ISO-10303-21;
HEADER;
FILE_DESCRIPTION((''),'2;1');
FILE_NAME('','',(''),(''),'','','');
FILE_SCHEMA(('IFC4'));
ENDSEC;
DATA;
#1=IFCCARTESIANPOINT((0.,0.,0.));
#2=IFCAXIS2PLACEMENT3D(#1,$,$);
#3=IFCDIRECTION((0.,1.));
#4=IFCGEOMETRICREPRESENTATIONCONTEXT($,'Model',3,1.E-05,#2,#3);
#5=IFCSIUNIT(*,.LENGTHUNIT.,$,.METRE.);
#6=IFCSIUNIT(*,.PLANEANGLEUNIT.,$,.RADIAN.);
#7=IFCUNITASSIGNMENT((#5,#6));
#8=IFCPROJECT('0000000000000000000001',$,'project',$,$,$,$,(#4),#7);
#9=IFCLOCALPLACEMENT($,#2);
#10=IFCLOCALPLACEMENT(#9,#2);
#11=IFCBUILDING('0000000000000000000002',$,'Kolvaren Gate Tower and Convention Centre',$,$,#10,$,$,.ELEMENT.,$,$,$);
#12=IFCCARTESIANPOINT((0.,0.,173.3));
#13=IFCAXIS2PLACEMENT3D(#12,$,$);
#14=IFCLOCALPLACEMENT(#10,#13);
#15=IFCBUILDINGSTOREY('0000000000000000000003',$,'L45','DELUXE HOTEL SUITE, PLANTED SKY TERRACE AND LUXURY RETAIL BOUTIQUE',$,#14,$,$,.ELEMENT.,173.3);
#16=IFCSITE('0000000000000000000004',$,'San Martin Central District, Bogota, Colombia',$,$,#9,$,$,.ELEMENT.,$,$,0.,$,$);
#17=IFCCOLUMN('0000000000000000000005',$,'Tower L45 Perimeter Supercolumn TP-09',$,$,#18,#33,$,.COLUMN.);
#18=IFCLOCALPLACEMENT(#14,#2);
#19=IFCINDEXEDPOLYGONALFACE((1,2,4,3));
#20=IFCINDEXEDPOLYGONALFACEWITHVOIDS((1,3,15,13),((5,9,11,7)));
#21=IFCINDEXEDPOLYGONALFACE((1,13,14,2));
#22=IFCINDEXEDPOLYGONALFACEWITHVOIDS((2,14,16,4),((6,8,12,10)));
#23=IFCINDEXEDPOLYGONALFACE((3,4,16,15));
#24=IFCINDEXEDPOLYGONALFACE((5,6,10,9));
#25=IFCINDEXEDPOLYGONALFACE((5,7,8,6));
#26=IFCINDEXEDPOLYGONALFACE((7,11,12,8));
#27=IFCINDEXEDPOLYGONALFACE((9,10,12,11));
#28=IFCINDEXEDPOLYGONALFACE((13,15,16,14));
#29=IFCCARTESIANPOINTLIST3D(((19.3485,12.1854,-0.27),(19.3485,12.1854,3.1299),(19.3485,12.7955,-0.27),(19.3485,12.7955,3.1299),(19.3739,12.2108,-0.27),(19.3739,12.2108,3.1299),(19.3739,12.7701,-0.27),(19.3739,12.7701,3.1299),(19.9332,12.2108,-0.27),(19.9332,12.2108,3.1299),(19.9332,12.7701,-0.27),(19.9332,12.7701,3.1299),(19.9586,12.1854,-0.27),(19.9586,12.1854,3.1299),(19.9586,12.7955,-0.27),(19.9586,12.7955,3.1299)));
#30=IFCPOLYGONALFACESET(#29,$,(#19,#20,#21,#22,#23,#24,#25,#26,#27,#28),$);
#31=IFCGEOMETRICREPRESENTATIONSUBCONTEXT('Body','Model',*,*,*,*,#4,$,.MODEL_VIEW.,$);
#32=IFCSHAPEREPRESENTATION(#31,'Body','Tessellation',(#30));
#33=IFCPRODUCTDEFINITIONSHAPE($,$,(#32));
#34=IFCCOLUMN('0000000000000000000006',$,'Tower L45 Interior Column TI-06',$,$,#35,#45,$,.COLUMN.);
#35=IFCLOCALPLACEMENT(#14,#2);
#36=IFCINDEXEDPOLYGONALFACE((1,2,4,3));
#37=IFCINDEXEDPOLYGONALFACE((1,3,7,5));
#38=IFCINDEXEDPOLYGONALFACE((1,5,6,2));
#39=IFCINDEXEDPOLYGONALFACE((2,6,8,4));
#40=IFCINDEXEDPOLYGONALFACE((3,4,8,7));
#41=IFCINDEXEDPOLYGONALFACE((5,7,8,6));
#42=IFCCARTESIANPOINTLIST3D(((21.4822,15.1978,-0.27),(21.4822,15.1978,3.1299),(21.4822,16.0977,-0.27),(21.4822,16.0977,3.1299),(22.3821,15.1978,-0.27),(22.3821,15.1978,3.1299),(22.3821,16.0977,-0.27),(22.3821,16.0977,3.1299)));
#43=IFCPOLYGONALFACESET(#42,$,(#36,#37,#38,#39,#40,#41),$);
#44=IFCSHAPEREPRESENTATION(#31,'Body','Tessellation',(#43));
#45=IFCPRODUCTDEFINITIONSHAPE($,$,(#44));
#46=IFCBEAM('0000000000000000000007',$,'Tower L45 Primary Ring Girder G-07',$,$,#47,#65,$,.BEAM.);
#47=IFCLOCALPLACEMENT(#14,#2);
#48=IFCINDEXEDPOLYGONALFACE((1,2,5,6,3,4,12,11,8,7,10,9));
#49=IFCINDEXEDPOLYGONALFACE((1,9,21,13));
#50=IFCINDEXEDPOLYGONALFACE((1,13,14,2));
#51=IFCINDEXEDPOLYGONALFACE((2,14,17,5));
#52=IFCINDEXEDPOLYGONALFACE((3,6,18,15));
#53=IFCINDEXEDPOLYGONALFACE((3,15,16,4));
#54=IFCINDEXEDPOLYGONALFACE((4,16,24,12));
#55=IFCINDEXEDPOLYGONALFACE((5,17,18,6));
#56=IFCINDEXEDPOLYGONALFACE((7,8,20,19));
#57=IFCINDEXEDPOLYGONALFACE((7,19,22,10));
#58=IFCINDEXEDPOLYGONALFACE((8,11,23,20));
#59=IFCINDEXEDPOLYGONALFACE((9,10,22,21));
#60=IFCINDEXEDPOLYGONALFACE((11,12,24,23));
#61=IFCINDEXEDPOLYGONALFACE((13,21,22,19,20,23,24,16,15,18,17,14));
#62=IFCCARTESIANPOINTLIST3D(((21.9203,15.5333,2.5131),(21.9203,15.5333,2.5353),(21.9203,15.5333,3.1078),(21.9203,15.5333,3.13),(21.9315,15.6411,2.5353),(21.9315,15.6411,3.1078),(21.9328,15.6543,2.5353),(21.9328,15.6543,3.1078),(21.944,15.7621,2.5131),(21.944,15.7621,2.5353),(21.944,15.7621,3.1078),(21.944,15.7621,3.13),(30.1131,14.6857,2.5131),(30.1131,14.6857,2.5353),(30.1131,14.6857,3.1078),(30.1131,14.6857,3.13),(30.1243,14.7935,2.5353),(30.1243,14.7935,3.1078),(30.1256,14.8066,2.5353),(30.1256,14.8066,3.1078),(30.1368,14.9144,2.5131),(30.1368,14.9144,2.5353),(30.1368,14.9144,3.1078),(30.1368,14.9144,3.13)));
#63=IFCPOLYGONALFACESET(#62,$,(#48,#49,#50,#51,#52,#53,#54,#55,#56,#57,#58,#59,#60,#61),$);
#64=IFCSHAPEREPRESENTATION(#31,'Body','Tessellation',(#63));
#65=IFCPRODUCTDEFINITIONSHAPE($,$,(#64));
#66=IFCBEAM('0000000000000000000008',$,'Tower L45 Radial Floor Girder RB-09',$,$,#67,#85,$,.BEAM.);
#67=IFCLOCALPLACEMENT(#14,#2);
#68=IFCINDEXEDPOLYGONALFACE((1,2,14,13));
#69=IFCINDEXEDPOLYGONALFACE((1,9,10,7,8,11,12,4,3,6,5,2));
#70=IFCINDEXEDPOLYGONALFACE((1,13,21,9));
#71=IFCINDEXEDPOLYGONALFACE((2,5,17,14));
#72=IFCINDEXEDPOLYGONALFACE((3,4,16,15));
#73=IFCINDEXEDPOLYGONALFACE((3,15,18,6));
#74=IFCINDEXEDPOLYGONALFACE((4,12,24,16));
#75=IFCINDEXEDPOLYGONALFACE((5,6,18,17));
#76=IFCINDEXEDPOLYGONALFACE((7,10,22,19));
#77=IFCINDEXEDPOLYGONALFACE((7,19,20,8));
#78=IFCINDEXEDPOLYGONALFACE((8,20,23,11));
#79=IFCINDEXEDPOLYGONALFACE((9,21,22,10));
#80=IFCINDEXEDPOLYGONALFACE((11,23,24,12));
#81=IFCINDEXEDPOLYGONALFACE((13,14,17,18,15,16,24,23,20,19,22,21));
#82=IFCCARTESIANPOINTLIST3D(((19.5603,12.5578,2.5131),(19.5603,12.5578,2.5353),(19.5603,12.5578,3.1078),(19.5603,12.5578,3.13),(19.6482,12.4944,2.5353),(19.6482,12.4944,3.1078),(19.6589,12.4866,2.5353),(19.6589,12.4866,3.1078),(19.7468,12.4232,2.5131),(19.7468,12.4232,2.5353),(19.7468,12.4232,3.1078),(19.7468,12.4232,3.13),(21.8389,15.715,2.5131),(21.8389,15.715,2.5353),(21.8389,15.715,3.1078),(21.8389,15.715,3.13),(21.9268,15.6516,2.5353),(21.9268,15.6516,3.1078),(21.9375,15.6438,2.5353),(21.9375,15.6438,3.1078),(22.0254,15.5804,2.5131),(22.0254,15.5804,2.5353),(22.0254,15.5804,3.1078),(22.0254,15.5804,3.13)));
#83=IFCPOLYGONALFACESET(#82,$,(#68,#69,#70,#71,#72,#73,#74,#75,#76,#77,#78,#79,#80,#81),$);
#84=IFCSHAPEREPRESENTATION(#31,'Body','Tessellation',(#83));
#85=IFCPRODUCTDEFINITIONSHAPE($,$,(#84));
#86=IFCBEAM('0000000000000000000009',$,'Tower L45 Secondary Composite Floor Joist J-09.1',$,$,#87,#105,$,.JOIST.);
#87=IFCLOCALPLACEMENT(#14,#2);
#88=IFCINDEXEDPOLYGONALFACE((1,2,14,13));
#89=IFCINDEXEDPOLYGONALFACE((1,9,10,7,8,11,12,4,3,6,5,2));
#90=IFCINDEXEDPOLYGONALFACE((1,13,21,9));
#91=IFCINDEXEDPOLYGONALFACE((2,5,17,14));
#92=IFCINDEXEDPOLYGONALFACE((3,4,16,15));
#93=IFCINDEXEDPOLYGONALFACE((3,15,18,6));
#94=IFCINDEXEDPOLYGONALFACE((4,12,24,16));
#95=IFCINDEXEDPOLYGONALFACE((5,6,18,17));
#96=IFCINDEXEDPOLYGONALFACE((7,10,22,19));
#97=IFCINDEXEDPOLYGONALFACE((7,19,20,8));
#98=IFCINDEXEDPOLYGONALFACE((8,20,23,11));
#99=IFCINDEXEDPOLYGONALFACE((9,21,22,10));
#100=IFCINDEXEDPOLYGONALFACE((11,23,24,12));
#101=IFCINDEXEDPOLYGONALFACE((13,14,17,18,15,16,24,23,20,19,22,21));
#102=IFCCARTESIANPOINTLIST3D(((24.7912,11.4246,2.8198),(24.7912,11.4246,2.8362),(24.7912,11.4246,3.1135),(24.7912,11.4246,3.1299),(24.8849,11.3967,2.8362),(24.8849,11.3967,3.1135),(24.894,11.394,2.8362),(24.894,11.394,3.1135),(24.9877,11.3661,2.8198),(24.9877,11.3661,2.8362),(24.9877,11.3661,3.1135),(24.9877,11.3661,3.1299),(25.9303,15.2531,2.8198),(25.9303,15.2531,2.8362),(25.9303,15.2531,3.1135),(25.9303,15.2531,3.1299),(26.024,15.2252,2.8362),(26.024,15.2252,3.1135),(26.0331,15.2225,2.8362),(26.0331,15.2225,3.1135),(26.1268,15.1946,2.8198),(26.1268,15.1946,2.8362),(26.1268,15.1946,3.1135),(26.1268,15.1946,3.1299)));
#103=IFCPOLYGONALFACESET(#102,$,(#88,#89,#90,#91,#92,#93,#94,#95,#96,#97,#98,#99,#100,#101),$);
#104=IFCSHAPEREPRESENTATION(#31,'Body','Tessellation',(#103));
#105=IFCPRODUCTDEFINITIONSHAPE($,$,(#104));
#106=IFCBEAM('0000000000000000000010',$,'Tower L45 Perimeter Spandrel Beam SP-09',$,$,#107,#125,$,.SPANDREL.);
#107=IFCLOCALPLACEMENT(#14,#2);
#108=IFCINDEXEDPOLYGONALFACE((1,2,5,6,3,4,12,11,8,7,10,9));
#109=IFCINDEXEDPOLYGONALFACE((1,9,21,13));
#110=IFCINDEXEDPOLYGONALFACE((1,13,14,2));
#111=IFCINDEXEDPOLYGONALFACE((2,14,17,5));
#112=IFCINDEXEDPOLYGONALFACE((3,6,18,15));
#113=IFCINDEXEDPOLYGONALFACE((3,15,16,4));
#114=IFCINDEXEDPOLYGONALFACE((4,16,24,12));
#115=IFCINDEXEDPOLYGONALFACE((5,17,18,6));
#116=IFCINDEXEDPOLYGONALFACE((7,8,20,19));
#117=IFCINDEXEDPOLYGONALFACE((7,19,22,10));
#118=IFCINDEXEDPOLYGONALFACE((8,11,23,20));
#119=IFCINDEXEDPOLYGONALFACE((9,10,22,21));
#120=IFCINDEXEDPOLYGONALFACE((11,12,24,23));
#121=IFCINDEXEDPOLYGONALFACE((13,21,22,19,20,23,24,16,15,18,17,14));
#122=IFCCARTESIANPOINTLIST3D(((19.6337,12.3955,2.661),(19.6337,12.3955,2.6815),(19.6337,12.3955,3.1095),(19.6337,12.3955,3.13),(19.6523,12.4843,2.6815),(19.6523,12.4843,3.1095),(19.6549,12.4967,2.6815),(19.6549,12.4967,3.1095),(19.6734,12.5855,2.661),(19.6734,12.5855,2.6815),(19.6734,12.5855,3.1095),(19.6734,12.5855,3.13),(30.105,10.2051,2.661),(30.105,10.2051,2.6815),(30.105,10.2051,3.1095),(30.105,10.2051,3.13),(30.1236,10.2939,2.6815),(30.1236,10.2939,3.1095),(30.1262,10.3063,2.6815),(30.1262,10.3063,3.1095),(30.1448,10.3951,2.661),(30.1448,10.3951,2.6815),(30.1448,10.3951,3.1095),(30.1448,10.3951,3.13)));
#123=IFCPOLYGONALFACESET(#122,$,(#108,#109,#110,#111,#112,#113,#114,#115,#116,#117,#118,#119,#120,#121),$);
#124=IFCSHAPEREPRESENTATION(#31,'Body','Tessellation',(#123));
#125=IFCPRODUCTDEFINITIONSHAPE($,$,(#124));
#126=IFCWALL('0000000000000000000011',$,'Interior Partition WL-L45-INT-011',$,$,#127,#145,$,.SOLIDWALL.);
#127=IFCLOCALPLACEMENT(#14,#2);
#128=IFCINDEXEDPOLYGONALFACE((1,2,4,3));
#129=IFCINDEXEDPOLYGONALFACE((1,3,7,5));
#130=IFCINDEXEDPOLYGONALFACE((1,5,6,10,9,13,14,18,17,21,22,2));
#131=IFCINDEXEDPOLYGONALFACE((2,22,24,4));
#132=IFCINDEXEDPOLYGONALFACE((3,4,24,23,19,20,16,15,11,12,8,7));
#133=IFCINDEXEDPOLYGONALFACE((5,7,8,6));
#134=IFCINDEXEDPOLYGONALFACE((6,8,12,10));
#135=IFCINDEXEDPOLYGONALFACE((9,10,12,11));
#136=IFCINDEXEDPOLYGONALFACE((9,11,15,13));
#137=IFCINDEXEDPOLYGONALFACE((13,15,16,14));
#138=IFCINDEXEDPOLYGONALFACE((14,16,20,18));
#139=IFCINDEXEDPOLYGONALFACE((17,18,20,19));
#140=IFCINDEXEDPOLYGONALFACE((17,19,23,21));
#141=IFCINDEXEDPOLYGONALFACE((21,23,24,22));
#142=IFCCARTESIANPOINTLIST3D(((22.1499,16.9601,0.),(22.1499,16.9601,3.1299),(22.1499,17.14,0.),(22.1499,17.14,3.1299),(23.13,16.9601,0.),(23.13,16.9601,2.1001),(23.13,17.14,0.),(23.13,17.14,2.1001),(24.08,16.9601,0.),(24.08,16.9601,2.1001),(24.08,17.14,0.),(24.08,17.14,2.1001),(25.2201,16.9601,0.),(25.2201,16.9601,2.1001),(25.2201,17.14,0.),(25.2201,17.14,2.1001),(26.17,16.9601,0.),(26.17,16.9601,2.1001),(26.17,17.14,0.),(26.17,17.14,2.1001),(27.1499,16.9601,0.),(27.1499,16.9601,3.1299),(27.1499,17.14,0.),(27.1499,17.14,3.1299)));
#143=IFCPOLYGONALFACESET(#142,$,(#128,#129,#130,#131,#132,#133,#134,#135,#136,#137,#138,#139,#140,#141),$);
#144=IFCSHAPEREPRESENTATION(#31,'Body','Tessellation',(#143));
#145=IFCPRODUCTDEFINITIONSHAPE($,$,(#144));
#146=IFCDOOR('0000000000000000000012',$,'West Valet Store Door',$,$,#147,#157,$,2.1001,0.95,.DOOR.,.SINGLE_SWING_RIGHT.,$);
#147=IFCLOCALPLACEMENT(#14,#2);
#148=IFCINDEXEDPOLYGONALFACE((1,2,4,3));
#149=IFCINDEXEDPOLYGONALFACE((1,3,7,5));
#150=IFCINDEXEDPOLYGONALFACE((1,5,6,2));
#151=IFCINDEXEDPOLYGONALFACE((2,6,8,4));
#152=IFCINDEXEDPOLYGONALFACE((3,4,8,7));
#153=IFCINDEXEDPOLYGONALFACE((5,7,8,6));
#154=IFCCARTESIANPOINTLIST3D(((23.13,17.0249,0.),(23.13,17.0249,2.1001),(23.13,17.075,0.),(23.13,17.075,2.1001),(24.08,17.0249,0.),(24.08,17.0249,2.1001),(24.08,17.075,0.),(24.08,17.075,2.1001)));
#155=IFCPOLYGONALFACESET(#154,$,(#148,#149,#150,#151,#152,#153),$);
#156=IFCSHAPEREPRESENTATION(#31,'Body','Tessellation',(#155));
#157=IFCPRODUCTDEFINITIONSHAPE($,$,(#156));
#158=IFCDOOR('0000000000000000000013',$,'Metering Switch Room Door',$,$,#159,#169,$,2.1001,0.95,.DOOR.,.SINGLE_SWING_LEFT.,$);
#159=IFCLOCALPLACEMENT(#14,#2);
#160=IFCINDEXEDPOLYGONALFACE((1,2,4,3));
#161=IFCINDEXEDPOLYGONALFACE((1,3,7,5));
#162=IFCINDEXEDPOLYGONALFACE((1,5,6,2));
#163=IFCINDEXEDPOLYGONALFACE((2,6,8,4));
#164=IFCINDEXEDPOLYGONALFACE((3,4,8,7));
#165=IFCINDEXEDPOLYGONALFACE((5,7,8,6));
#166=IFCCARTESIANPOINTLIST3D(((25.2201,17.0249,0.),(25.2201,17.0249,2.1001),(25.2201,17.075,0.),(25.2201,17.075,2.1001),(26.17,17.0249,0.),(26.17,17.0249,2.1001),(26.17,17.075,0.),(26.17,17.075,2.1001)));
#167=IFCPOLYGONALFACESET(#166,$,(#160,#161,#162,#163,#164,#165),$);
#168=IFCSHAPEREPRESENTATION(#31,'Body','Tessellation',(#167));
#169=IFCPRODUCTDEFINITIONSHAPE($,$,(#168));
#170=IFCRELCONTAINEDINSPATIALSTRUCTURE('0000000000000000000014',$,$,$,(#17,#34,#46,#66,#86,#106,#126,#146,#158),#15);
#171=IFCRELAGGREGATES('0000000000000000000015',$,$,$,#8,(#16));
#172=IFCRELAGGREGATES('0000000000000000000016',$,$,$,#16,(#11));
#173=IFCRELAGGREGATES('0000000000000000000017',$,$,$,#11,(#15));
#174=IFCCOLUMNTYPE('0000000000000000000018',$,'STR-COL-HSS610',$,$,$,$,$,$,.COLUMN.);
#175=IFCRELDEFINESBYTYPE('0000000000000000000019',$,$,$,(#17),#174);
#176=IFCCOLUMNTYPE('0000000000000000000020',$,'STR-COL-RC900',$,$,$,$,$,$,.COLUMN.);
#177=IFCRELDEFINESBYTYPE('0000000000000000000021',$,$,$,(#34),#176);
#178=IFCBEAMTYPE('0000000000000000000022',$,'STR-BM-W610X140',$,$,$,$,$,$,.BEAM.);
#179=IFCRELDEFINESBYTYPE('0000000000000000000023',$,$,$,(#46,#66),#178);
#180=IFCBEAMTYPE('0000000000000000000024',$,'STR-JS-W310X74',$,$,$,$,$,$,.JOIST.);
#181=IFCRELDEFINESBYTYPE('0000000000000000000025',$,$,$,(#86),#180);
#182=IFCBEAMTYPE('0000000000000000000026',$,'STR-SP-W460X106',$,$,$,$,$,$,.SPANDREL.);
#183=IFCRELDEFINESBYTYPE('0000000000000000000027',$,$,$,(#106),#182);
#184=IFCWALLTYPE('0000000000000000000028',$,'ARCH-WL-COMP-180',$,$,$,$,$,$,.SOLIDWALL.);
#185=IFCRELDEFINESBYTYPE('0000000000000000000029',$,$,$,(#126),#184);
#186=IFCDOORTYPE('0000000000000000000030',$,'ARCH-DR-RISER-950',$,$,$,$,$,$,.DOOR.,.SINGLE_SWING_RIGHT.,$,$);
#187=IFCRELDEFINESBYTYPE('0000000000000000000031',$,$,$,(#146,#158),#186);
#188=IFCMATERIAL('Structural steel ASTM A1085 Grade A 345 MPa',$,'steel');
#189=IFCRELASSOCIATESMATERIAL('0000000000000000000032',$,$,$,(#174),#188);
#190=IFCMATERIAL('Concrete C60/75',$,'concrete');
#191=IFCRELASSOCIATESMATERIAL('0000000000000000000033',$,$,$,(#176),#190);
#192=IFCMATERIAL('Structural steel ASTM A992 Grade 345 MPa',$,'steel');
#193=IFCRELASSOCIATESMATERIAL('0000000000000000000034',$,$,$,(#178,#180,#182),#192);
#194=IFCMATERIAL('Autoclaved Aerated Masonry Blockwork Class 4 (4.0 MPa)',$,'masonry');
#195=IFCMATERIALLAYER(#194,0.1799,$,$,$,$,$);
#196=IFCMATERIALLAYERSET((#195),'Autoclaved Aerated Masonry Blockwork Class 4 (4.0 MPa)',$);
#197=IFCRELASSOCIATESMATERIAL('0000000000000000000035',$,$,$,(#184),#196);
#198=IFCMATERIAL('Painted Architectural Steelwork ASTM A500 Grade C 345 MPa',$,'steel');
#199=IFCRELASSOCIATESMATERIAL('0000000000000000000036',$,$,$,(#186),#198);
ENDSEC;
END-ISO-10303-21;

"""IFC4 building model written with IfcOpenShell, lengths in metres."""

from ifc_helpers import new_model, si_unit, direction, frame, frame_2d, origin, origin_2d, place, context, subcontext, project, spatial, rectangle, hollow_rectangle, i_section, extrude, material, layer, layer_set, material_profile, profile_set, type_object, element, fill, save


model = new_model("IFC4")

# Units and contexts
model_context = context("Model", 3, precision=1e-05, world=origin(), true_north=direction((0.0, 1.0)))
body_context = subcontext(model_context, "Body", "Model", "MODEL_VIEW")
ifc_project = project(units=[si_unit("LENGTHUNIT", "METRE"), si_unit("PLANEANGLEUNIT", "RADIAN")], contexts=[model_context])

# Site, building, storey
site_placement = place(None, origin())
site = spatial("IfcSite", under=ifc_project, at=site_placement, Name="San Martin Central District, Bogota, Colombia", CompositionType="ELEMENT", RefElevation=0.0)
building_placement = place(site_placement, origin())
building = spatial("IfcBuilding", under=site, at=building_placement, Name="Kolvaren Gate Tower and Convention Centre", CompositionType="ELEMENT")
storey_placement = place(building_placement, frame((0.0, 0.0, 173.3)))
storey = spatial("IfcBuildingStorey", under=building, at=storey_placement, Name="L45", Description="DELUXE HOTEL SUITE, PLANTED SKY TERRACE AND LUXURY RETAIL BOUTIQUE", CompositionType="ELEMENT", Elevation=173.3)

# Columns
ifc_material_1 = material(Name="Structural steel ASTM A1085 Grade A 345 MPa", Category="steel")
ifc_material_profile_1 = material_profile(ifc_material_1, hollow_rectangle(XDim=0.6101, YDim=0.6101, WallThickness=0.0254, at=origin_2d()), Name="HSS610X610X25.4")
ifc_profile_set_1 = profile_set([ifc_material_profile_1], Name="Structural steel ASTM A1085 Grade A 345 MPa")
column_type_1 = type_object("IfcColumnType", Name="STR-COL-HSS610", PredefinedType="COLUMN", material=ifc_profile_set_1)
column_1_placement = place(storey_placement, frame((19.6536, 12.4905, -0.27), z_axis=(0.0, 0.0, 1.0), x_axis=(1.0, 0.0, 0.0)))
element("IfcColumn", 1, at=column_1_placement, inside=storey, type_object=column_type_1, Name="Tower L45 Perimeter Supercolumn TP-09", PredefinedType="COLUMN", context=body_context, shape_type="SweptSolid", body=[
    extrude(hollow_rectangle(XDim=0.6101, YDim=0.6101, WallThickness=0.0254, at=origin_2d()), origin(), (0.0, 0.0, 1.0), 3.3999),
])
ifc_material_2 = material(Name="Concrete C60/75", Category="concrete")
ifc_material_profile_2 = material_profile(ifc_material_2, rectangle(XDim=0.8999, YDim=0.8999, at=origin_2d()), Name="RC-COL-900X900")
ifc_profile_set_2 = profile_set([ifc_material_profile_2], Name="Concrete C60/75")
column_type_2 = type_object("IfcColumnType", Name="STR-COL-RC900", PredefinedType="COLUMN", material=ifc_profile_set_2)
column_2_placement = place(storey_placement, frame((21.9321, 15.6477, -0.27), z_axis=(0.0, 0.0, 1.0), x_axis=(1.0, 0.0, 0.0)))
element("IfcColumn", 2, at=column_2_placement, inside=storey, type_object=column_type_2, Name="Tower L45 Interior Column TI-06", PredefinedType="COLUMN", context=body_context, shape_type="SweptSolid", body=[
    extrude(rectangle(XDim=0.8999, YDim=0.8999, at=origin_2d()), origin(), (0.0, 0.0, 1.0), 3.3999),
])

# Beams
ifc_material_3 = material(Name="Structural steel ASTM A992 Grade 345 MPa", Category="steel")
ifc_material_profile_3 = material_profile(ifc_material_3, i_section(OverallWidth=0.23, OverallDepth=0.6169, WebThickness=0.0132, FlangeThickness=0.0222, at=origin_2d()), Name="W610X140")
ifc_profile_set_3 = profile_set([ifc_material_profile_3], Name="Structural steel ASTM A992 Grade 345 MPa")
beam_type_1 = type_object("IfcBeamType", Name="STR-BM-W610X140", PredefinedType="BEAM", material=ifc_profile_set_3)
beam_1_placement = place(storey_placement, frame((21.9321, 15.6477, 2.8215), z_axis=(0.99469, -0.102913, 0.0), x_axis=(0.102913, 0.99469, 0.0)))
element("IfcBeam", 3, at=beam_1_placement, inside=storey, type_object=beam_type_1, Name="Tower L45 Primary Ring Girder G-07", PredefinedType="BEAM", context=body_context, shape_type="SweptSolid", body=[
    extrude(i_section(OverallWidth=0.23, OverallDepth=0.6169, WebThickness=0.0132, FlangeThickness=0.0222, at=origin_2d()), origin(), (0.0, 0.0, 1.0), 8.2366),
])
beam_2_placement = place(storey_placement, frame((21.9321, 15.6477, 2.8215), z_axis=(-0.585211, -0.810881, 0.0), x_axis=(0.810881, -0.585211, 0.0)))
element("IfcBeam", 4, at=beam_2_placement, inside=storey, type_object=beam_type_1, Name="Tower L45 Radial Floor Girder RB-09", PredefinedType="BEAM", context=body_context, shape_type="SweptSolid", body=[
    extrude(i_section(OverallWidth=0.23, OverallDepth=0.6169, WebThickness=0.0132, FlangeThickness=0.0222, at=origin_2d()), origin(), (0.0, 0.0, 1.0), 3.8936),
])
ifc_material_profile_4 = material_profile(ifc_material_3, i_section(OverallWidth=0.2051, OverallDepth=0.3101, WebThickness=0.0095, FlangeThickness=0.0164, at=origin_2d()), Name="W310X74")
ifc_profile_set_4 = profile_set([ifc_material_profile_4], Name="Structural steel ASTM A992 Grade 345 MPa")
beam_type_2 = type_object("IfcBeamType", Name="STR-JS-W310X74", PredefinedType="JOIST", material=ifc_profile_set_4)
beam_3_placement = place(storey_placement, frame((26.0286, 15.2239, 2.9749), z_axis=(-0.285183, -0.958473, 0.0), x_axis=(0.958473, -0.285183, 0.0)))
element("IfcBeam", 5, at=beam_3_placement, inside=storey, type_object=beam_type_2, Name="Tower L45 Secondary Composite Floor Joist J-09.1", PredefinedType="JOIST", context=body_context, shape_type="SweptSolid", body=[
    extrude(i_section(OverallWidth=0.2051, OverallDepth=0.3101, WebThickness=0.0095, FlangeThickness=0.0164, at=origin_2d()), origin(), (0.0, 0.0, 1.0), 3.9944),
])
ifc_material_profile_5 = material_profile(ifc_material_3, i_section(OverallWidth=0.1941, OverallDepth=0.469, WebThickness=0.0127, FlangeThickness=0.0205, at=origin_2d()), Name="W460X106")
ifc_profile_set_5 = profile_set([ifc_material_profile_5], Name="Structural steel ASTM A992 Grade 345 MPa")
beam_type_3 = type_object("IfcBeamType", Name="STR-SP-W460X106", PredefinedType="SPANDREL", material=ifc_profile_set_5)
beam_4_placement = place(storey_placement, frame((19.6536, 12.4905, 2.8955), z_axis=(0.978814, -0.20475, 0.0), x_axis=(0.20475, 0.978814, 0.0)))
element("IfcBeam", 6, at=beam_4_placement, inside=storey, type_object=beam_type_3, Name="Tower L45 Perimeter Spandrel Beam SP-09", PredefinedType="SPANDREL", context=body_context, shape_type="SweptSolid", body=[
    extrude(i_section(OverallWidth=0.1941, OverallDepth=0.469, WebThickness=0.0127, FlangeThickness=0.0205, at=origin_2d()), origin(), (0.0, 0.0, 1.0), 10.698),
])

# Wall, openings, doors
ifc_material_4 = material(Name="Autoclaved Aerated Masonry Blockwork Class 4 (4.0 MPa)", Category="masonry")
ifc_layer_1 = layer(ifc_material_4, 0.1799)
ifc_layer_set_1 = layer_set([ifc_layer_1], Name="Autoclaved Aerated Masonry Blockwork Class 4 (4.0 MPa)")
wall_type_1 = type_object("IfcWallType", Name="ARCH-WL-COMP-180", PredefinedType="SOLIDWALL", material=ifc_layer_set_1)
wall_1_placement = place(storey_placement, frame((22.1499, 17.05, 0.0), z_axis=(0.0, 0.0, 1.0), x_axis=(1.0, 0.0, 0.0)))
wall_1 = element("IfcWall", 7, at=wall_1_placement, inside=storey, type_object=wall_type_1, Name="Interior Partition WL-L45-INT-011", PredefinedType="SOLIDWALL", context=body_context, shape_type="SweptSolid", body=[
    extrude(rectangle(XDim=5.0, YDim=0.1799, at=frame_2d((2.5, 0.0))), origin(), (0.0, 0.0, 1.0), 3.1299),
])
opening_1_placement = place(wall_1_placement, frame((0.98, 0.0, 0.0)))
opening_1 = element("IfcOpeningElement", 8, at=opening_1_placement, cuts=wall_1, PredefinedType="OPENING", context=body_context, shape_type="SweptSolid", body=[
    extrude(rectangle(XDim=0.95, YDim=2.1001, at=frame_2d((0.4751, 1.05))), frame((0.0, 0.0999, 0.0), z_axis=(0.0, -1.0, 0.0), x_axis=(1.0, 0.0, 0.0)), (0.0, 0.0, 1.0), 0.2),
])
opening_2_placement = place(wall_1_placement, frame((3.0701, 0.0, 0.0)))
opening_2 = element("IfcOpeningElement", 9, at=opening_2_placement, cuts=wall_1, PredefinedType="OPENING", context=body_context, shape_type="SweptSolid", body=[
    extrude(rectangle(XDim=0.95, YDim=2.1001, at=frame_2d((0.4751, 1.05))), frame((0.0, 0.0999, 0.0), z_axis=(0.0, -1.0, 0.0), x_axis=(1.0, 0.0, 0.0)), (0.0, 0.0, 1.0), 0.2),
])
ifc_material_5 = material(Name="Painted Architectural Steelwork ASTM A500 Grade C 345 MPa", Category="steel")
door_type_1 = type_object("IfcDoorType", Name="ARCH-DR-RISER-950", OperationType="SINGLE_SWING_RIGHT", PredefinedType="DOOR", material=ifc_material_5)
door_1_placement = place(opening_1_placement, origin())
door_1 = element("IfcDoor", 10, at=door_1_placement, inside=storey, type_object=door_type_1, Name="West Valet Store Door", OperationType="SINGLE_SWING_RIGHT", OverallHeight=2.1001, OverallWidth=0.95, PredefinedType="DOOR", context=body_context, shape_type="SweptSolid", body=[
    extrude(rectangle(XDim=0.95, YDim=2.1001, at=frame_2d((0.4751, 1.05))), frame((0.0, 0.0249, 0.0), z_axis=(0.0, -1.0, 0.0), x_axis=(1.0, 0.0, 0.0)), (0.0, 0.0, 1.0), 0.05),
])
fill(opening_1, door_1)
door_2_placement = place(opening_2_placement, origin())
door_2 = element("IfcDoor", 11, at=door_2_placement, inside=storey, type_object=door_type_1, Name="Metering Switch Room Door", OperationType="SINGLE_SWING_LEFT", OverallHeight=2.1001, OverallWidth=0.95, PredefinedType="DOOR", context=body_context, shape_type="SweptSolid", body=[
    extrude(rectangle(XDim=0.95, YDim=2.1001, at=frame_2d((0.4751, 1.05))), frame((0.0, 0.0249, 0.0), z_axis=(0.0, -1.0, 0.0), x_axis=(1.0, 0.0, 0.0)), (0.0, 0.0, 1.0), 0.05),
])
fill(opening_2, door_2)

save(model, "model.ifc")
